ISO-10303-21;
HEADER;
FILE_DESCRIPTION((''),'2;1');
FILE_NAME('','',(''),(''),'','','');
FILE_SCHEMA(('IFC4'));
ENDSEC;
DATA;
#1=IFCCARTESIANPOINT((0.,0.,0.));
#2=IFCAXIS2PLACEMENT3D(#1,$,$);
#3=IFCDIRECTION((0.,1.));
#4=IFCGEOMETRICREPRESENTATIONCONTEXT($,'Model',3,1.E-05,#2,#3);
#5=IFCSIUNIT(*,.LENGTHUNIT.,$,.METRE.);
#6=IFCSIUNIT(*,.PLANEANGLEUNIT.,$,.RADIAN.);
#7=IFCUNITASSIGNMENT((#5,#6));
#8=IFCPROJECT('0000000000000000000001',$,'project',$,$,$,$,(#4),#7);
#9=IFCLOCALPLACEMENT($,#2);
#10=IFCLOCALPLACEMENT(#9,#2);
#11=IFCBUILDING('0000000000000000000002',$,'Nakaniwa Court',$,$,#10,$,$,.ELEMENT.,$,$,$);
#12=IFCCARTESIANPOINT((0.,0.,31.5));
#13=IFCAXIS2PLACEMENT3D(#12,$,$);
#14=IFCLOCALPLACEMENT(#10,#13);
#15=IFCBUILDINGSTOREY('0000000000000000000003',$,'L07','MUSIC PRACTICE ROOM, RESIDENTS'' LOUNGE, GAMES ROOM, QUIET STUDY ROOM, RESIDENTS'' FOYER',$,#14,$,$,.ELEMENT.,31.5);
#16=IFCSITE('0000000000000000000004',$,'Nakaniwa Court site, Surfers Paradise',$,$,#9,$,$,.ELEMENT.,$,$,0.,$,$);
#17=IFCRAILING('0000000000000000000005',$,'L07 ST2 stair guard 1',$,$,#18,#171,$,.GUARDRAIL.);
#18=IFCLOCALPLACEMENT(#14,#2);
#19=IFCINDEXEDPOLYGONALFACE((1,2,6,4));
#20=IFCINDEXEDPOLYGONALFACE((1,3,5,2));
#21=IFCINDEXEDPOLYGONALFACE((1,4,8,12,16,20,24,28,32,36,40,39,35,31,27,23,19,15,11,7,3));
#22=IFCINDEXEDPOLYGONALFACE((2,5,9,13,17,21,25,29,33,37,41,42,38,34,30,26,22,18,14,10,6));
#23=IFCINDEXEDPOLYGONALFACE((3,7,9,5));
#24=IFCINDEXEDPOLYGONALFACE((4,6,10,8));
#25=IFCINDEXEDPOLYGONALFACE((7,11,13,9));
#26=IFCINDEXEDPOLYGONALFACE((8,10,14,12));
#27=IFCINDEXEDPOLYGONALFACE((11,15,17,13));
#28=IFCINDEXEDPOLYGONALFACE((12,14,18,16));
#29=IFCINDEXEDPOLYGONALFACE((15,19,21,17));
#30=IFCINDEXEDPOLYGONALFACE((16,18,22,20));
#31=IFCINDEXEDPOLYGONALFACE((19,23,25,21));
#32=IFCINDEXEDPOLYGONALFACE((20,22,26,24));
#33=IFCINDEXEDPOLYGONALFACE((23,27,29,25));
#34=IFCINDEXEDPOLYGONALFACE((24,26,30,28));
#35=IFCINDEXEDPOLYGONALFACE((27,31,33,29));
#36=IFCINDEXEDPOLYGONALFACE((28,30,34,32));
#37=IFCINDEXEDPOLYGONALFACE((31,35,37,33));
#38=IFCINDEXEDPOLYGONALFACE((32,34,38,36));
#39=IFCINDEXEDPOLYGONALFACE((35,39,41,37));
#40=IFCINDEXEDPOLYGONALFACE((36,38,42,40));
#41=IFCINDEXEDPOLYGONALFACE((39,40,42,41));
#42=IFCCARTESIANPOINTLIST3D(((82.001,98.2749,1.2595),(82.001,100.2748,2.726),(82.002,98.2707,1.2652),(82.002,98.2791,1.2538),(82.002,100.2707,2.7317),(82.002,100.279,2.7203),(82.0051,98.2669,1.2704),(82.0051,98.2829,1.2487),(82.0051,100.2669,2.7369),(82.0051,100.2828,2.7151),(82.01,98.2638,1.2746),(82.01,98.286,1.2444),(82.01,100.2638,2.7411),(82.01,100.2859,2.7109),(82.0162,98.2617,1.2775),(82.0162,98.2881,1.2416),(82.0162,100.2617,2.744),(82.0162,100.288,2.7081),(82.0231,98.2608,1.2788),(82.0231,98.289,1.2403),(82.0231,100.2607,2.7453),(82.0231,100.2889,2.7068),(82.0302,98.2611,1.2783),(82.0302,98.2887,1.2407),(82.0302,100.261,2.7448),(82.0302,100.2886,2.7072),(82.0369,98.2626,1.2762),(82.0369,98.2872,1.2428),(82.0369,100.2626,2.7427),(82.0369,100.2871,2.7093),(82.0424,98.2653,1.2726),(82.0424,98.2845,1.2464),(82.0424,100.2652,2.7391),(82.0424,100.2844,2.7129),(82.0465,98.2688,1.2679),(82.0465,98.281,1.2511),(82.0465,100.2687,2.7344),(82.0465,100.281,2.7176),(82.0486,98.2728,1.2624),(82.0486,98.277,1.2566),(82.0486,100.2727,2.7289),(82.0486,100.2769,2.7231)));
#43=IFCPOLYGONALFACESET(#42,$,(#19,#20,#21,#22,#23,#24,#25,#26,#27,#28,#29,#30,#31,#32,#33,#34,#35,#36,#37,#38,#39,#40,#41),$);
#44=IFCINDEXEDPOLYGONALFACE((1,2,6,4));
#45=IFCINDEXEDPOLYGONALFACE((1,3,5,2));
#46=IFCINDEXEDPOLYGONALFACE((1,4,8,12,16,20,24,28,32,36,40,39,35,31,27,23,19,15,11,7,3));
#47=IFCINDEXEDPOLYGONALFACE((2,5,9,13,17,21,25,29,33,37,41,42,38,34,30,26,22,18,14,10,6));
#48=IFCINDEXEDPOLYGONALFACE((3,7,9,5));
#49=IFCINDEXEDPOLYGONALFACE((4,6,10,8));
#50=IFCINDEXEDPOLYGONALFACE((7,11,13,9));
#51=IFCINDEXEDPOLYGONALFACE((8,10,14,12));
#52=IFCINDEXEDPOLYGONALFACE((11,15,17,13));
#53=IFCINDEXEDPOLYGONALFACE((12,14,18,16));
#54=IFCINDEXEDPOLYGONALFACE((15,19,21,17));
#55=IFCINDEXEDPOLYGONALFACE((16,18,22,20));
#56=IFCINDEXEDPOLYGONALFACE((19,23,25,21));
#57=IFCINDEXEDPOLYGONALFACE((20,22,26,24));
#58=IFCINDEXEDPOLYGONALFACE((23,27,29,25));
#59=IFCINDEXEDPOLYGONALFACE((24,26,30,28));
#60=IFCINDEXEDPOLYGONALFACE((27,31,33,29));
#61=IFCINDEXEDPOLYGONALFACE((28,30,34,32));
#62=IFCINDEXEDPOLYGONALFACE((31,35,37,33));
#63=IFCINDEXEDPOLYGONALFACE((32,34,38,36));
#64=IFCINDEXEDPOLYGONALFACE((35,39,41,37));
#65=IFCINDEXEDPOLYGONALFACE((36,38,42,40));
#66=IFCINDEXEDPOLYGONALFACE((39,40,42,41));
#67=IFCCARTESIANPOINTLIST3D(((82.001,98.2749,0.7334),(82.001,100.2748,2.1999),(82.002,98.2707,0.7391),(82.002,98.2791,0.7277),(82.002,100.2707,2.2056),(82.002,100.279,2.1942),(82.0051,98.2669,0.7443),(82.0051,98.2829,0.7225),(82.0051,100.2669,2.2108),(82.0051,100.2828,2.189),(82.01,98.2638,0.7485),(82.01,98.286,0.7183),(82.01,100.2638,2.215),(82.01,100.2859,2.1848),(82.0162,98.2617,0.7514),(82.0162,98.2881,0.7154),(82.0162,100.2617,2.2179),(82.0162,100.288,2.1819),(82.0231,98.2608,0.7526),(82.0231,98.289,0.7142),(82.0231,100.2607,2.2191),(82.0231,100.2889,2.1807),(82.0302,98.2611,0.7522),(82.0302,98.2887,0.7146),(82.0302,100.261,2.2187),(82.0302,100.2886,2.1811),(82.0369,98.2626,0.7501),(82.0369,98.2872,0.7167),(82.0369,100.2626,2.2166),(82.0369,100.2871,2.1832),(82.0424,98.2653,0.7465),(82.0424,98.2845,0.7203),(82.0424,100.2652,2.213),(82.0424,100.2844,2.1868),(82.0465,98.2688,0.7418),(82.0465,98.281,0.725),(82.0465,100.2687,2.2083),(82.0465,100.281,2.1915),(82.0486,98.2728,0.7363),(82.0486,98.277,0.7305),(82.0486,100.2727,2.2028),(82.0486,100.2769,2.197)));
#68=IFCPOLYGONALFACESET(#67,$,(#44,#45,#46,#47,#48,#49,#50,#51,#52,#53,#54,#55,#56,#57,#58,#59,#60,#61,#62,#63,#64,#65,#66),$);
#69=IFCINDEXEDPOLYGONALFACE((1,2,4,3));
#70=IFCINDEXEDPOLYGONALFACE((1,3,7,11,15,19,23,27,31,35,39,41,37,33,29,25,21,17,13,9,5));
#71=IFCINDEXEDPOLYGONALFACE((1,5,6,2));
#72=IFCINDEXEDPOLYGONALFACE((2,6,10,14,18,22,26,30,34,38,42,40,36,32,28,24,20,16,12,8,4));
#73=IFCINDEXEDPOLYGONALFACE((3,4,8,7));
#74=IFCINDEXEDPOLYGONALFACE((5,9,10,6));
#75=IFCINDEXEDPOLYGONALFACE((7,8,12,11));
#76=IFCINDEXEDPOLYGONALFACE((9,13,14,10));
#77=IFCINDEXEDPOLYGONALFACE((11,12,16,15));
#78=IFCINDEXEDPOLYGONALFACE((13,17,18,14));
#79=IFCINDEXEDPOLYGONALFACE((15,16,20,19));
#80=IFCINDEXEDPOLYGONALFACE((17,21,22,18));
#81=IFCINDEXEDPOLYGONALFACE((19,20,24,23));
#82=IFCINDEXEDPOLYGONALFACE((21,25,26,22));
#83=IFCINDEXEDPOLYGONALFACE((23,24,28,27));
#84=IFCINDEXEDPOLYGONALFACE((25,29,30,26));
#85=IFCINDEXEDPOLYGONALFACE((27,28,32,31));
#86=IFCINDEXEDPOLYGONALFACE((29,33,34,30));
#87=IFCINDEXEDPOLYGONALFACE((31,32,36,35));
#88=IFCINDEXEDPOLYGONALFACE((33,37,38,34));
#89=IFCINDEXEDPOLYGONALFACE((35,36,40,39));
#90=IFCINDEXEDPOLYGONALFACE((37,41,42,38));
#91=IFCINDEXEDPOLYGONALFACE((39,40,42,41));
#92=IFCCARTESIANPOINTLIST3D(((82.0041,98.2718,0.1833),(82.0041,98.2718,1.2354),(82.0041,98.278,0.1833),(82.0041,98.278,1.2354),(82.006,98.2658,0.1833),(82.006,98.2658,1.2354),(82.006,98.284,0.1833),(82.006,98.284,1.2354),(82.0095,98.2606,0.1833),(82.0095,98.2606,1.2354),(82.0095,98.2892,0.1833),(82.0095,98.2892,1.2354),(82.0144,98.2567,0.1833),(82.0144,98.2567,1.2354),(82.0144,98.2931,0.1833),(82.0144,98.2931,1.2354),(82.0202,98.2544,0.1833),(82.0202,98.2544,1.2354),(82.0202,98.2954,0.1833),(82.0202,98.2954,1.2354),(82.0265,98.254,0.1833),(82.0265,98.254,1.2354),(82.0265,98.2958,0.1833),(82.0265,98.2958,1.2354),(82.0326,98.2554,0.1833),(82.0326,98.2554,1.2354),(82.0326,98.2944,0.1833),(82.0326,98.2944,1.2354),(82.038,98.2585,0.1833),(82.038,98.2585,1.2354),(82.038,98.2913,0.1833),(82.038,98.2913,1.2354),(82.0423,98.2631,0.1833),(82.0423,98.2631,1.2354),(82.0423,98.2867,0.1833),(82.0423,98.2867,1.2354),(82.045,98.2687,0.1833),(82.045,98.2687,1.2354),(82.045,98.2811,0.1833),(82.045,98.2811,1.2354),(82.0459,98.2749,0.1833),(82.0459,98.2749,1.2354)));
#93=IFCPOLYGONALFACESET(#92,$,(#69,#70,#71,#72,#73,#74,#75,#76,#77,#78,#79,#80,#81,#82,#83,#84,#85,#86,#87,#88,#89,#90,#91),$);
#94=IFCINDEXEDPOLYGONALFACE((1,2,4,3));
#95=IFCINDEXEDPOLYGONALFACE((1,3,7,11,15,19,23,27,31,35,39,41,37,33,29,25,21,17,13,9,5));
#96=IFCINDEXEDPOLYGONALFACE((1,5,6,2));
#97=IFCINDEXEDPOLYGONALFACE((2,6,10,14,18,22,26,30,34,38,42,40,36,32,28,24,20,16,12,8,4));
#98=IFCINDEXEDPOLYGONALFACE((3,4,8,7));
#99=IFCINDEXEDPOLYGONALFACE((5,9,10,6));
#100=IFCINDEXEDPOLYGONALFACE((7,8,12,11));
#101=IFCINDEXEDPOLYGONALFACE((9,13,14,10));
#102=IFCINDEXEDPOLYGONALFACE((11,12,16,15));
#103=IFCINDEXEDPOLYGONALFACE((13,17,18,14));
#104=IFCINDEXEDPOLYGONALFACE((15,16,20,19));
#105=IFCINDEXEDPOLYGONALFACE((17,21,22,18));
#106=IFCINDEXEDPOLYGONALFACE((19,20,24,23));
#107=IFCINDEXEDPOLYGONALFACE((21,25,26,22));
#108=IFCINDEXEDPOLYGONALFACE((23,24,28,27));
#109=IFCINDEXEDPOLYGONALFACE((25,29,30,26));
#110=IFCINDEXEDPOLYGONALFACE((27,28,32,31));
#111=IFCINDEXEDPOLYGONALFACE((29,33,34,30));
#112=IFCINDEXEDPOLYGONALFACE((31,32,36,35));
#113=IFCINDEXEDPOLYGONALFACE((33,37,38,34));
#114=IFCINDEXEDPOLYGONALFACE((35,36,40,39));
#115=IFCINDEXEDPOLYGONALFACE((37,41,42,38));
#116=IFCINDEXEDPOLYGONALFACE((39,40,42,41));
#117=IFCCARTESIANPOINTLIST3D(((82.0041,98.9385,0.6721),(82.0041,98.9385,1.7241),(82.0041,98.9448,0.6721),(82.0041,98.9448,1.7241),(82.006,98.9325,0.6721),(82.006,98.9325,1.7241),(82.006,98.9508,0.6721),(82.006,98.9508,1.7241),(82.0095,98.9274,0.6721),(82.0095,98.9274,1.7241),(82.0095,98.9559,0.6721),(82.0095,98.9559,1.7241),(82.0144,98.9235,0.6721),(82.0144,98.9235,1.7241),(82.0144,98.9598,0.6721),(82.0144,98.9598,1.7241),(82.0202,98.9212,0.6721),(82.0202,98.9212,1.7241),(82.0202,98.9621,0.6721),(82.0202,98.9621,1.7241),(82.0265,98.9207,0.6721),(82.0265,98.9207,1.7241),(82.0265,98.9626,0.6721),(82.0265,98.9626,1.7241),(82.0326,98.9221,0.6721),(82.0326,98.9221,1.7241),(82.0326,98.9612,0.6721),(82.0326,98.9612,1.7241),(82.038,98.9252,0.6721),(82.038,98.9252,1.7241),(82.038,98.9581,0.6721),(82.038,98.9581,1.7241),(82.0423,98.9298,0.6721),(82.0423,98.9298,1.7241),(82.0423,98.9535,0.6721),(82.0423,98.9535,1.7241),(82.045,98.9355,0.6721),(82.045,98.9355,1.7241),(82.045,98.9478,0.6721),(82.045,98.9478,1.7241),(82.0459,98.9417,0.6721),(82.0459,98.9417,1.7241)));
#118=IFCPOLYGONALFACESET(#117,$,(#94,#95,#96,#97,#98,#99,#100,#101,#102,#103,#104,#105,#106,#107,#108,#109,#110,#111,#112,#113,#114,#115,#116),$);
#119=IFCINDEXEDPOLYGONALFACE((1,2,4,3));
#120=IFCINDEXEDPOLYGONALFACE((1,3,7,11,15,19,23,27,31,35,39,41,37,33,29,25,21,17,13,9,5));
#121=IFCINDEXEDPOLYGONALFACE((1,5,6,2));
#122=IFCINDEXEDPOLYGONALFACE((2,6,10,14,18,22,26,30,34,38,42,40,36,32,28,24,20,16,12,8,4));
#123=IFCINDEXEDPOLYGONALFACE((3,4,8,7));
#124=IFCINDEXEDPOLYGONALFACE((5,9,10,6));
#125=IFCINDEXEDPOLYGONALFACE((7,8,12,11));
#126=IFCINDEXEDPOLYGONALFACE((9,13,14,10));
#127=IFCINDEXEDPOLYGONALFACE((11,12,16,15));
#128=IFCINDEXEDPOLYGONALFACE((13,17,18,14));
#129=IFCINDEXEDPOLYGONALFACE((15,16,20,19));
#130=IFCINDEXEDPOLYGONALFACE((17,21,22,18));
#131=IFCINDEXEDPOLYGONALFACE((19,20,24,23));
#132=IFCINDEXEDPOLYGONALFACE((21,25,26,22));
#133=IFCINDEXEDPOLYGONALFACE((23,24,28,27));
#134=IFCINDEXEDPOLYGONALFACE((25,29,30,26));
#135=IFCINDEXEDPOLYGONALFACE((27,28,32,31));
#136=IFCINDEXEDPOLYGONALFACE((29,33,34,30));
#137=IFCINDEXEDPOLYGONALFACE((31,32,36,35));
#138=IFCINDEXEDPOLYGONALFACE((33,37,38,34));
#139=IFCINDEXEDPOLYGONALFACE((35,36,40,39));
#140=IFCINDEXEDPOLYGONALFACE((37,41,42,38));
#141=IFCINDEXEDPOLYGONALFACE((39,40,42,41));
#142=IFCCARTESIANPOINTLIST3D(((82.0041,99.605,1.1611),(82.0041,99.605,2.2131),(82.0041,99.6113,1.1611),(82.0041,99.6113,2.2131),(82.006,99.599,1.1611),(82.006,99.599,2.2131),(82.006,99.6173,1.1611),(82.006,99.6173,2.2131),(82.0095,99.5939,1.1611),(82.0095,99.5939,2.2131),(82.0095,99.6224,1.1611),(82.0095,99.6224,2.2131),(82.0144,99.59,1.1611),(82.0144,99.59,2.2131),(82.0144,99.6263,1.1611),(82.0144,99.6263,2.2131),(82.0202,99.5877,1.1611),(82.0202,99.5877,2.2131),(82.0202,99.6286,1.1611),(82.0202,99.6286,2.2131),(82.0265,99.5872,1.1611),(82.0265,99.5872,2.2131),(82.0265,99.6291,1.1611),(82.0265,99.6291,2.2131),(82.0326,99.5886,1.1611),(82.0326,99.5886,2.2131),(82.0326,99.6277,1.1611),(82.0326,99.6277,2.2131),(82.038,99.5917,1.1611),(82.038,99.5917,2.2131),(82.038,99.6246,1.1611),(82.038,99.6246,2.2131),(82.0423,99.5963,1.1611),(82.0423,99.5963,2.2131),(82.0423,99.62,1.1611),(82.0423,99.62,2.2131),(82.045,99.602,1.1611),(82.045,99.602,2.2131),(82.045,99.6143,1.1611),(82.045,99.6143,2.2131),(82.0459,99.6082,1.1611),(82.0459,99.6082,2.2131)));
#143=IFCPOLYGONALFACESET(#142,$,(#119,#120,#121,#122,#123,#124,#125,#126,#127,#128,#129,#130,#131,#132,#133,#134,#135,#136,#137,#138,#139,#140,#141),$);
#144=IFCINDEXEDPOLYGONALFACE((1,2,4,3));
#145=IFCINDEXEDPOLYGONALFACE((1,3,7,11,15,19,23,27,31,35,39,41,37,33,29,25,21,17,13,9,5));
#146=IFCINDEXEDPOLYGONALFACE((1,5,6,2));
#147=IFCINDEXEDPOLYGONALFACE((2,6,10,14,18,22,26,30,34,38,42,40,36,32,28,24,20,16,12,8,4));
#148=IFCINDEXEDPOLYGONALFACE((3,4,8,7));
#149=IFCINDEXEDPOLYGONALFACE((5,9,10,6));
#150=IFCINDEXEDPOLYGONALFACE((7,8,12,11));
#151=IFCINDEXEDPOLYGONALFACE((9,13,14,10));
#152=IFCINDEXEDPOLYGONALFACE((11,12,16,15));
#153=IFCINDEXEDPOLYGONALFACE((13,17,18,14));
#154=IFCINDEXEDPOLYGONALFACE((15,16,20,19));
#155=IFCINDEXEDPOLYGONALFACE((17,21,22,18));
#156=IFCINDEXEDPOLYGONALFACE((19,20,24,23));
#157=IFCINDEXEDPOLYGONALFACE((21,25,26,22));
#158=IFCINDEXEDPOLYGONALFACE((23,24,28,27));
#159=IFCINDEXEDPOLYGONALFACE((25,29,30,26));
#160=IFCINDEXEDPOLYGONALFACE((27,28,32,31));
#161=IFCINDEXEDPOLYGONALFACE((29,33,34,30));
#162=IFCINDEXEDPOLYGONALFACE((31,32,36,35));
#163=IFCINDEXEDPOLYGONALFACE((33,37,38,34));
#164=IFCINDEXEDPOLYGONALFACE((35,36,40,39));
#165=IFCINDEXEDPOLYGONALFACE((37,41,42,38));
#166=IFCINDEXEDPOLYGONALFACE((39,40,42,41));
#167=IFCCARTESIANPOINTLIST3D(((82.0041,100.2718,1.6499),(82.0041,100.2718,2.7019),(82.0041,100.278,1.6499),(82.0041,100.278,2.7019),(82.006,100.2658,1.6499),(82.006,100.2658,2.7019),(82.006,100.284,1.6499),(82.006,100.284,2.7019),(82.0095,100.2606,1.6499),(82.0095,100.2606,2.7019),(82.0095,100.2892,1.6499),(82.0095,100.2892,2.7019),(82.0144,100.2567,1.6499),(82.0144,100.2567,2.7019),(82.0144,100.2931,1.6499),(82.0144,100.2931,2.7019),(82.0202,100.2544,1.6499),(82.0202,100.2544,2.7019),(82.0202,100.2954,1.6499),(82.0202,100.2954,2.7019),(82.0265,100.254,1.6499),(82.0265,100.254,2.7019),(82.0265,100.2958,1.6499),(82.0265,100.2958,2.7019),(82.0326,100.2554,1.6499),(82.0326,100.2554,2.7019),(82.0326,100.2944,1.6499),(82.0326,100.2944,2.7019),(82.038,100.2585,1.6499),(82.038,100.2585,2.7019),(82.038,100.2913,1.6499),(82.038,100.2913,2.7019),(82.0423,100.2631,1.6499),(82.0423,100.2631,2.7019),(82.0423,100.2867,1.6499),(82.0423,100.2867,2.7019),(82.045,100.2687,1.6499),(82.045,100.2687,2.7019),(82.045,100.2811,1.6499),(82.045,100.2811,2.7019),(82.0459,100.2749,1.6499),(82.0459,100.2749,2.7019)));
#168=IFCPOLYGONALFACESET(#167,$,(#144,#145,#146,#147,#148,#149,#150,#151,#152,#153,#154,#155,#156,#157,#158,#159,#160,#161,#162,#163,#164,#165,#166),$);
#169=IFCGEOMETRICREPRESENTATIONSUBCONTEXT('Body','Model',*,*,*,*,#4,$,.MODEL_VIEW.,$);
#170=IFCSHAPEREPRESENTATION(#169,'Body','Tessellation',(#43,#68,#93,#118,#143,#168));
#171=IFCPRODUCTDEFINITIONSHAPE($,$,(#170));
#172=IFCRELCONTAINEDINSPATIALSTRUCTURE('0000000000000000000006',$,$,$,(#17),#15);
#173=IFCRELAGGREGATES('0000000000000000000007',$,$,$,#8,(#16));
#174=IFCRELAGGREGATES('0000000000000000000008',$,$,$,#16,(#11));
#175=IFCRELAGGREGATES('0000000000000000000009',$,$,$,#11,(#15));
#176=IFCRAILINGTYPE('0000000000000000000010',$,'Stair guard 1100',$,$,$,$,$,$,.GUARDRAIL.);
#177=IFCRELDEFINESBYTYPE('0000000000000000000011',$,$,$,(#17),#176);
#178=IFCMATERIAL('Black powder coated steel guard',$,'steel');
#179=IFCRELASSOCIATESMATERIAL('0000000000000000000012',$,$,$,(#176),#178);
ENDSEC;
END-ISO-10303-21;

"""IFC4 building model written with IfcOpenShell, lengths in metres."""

from ifc_helpers import new_model, si_unit, direction, frame, origin, origin_2d, place, context, subcontext, project, spatial, circle, extrude, material, type_object, element, save


model = new_model("IFC4")

# Units and contexts
model_context = context("Model", 3, precision=1e-05, world=origin(), true_north=direction((0.0, 1.0)))
body_context = subcontext(model_context, "Body", "Model", "MODEL_VIEW")
ifc_project = project(units=[si_unit("LENGTHUNIT", "METRE"), si_unit("PLANEANGLEUNIT", "RADIAN")], contexts=[model_context])

# Site, building, storey
site_placement = place(None, origin())
site = spatial("IfcSite", under=ifc_project, at=site_placement, Name="Nakaniwa Court site, Surfers Paradise", CompositionType="ELEMENT", RefElevation=0.0)
building_placement = place(site_placement, origin())
building = spatial("IfcBuilding", under=site, at=building_placement, Name="Nakaniwa Court", CompositionType="ELEMENT")
storey_placement = place(building_placement, frame((0.0, 0.0, 31.5)))
storey = spatial("IfcBuildingStorey", under=building, at=storey_placement, Name="L07", Description="MUSIC PRACTICE ROOM, RESIDENTS' LOUNGE, GAMES ROOM, QUIET STUDY ROOM, RESIDENTS' FOYER", CompositionType="ELEMENT", Elevation=31.5)

# Railing
ifc_material_1 = material(Name="Black powder coated steel guard", Category="steel")
railing_type_1 = type_object("IfcRailingType", Name="Stair guard 1100", PredefinedType="GUARDRAIL", material=ifc_material_1)
railing_1_placement = place(storey_placement, frame((82.0249, 98.2749, 0.1833)))
element("IfcRailing", 1, at=railing_1_placement, inside=storey, type_object=railing_type_1, Name="L07 ST2 stair guard 1", PredefinedType="GUARDRAIL", context=body_context, shape_type="SweptSolid", body=[
    extrude(circle(Radius=0.0239, at=origin_2d()), frame((0.0, 0.0, 1.0762), z_axis=(0.0, 0.806427, 0.591334), x_axis=(-1.0, 0.0, 0.0)), (0.0, 0.0, 1.0), 2.48),
    extrude(circle(Radius=0.0239, at=origin_2d()), frame((0.0, 0.0, 0.55), z_axis=(0.0, 0.806427, 0.591334), x_axis=(-1.0, 0.0, 0.0)), (0.0, 0.0, 1.0), 2.48),
    extrude(circle(Radius=0.021, at=origin_2d()), origin(), (0.0, 0.0, 1.0), 1.052),
    extrude(circle(Radius=0.021, at=origin_2d()), frame((0.0, 0.6667, 0.4888)), (0.0, 0.0, 1.0), 1.052),
    extrude(circle(Radius=0.021, at=origin_2d()), frame((0.0, 1.3333, 0.9778)), (0.0, 0.0, 1.0), 1.052),
    extrude(circle(Radius=0.021, at=origin_2d()), frame((0.0, 2.0, 1.4666)), (0.0, 0.0, 1.0), 1.052),
])

save(model, "model.ifc")
